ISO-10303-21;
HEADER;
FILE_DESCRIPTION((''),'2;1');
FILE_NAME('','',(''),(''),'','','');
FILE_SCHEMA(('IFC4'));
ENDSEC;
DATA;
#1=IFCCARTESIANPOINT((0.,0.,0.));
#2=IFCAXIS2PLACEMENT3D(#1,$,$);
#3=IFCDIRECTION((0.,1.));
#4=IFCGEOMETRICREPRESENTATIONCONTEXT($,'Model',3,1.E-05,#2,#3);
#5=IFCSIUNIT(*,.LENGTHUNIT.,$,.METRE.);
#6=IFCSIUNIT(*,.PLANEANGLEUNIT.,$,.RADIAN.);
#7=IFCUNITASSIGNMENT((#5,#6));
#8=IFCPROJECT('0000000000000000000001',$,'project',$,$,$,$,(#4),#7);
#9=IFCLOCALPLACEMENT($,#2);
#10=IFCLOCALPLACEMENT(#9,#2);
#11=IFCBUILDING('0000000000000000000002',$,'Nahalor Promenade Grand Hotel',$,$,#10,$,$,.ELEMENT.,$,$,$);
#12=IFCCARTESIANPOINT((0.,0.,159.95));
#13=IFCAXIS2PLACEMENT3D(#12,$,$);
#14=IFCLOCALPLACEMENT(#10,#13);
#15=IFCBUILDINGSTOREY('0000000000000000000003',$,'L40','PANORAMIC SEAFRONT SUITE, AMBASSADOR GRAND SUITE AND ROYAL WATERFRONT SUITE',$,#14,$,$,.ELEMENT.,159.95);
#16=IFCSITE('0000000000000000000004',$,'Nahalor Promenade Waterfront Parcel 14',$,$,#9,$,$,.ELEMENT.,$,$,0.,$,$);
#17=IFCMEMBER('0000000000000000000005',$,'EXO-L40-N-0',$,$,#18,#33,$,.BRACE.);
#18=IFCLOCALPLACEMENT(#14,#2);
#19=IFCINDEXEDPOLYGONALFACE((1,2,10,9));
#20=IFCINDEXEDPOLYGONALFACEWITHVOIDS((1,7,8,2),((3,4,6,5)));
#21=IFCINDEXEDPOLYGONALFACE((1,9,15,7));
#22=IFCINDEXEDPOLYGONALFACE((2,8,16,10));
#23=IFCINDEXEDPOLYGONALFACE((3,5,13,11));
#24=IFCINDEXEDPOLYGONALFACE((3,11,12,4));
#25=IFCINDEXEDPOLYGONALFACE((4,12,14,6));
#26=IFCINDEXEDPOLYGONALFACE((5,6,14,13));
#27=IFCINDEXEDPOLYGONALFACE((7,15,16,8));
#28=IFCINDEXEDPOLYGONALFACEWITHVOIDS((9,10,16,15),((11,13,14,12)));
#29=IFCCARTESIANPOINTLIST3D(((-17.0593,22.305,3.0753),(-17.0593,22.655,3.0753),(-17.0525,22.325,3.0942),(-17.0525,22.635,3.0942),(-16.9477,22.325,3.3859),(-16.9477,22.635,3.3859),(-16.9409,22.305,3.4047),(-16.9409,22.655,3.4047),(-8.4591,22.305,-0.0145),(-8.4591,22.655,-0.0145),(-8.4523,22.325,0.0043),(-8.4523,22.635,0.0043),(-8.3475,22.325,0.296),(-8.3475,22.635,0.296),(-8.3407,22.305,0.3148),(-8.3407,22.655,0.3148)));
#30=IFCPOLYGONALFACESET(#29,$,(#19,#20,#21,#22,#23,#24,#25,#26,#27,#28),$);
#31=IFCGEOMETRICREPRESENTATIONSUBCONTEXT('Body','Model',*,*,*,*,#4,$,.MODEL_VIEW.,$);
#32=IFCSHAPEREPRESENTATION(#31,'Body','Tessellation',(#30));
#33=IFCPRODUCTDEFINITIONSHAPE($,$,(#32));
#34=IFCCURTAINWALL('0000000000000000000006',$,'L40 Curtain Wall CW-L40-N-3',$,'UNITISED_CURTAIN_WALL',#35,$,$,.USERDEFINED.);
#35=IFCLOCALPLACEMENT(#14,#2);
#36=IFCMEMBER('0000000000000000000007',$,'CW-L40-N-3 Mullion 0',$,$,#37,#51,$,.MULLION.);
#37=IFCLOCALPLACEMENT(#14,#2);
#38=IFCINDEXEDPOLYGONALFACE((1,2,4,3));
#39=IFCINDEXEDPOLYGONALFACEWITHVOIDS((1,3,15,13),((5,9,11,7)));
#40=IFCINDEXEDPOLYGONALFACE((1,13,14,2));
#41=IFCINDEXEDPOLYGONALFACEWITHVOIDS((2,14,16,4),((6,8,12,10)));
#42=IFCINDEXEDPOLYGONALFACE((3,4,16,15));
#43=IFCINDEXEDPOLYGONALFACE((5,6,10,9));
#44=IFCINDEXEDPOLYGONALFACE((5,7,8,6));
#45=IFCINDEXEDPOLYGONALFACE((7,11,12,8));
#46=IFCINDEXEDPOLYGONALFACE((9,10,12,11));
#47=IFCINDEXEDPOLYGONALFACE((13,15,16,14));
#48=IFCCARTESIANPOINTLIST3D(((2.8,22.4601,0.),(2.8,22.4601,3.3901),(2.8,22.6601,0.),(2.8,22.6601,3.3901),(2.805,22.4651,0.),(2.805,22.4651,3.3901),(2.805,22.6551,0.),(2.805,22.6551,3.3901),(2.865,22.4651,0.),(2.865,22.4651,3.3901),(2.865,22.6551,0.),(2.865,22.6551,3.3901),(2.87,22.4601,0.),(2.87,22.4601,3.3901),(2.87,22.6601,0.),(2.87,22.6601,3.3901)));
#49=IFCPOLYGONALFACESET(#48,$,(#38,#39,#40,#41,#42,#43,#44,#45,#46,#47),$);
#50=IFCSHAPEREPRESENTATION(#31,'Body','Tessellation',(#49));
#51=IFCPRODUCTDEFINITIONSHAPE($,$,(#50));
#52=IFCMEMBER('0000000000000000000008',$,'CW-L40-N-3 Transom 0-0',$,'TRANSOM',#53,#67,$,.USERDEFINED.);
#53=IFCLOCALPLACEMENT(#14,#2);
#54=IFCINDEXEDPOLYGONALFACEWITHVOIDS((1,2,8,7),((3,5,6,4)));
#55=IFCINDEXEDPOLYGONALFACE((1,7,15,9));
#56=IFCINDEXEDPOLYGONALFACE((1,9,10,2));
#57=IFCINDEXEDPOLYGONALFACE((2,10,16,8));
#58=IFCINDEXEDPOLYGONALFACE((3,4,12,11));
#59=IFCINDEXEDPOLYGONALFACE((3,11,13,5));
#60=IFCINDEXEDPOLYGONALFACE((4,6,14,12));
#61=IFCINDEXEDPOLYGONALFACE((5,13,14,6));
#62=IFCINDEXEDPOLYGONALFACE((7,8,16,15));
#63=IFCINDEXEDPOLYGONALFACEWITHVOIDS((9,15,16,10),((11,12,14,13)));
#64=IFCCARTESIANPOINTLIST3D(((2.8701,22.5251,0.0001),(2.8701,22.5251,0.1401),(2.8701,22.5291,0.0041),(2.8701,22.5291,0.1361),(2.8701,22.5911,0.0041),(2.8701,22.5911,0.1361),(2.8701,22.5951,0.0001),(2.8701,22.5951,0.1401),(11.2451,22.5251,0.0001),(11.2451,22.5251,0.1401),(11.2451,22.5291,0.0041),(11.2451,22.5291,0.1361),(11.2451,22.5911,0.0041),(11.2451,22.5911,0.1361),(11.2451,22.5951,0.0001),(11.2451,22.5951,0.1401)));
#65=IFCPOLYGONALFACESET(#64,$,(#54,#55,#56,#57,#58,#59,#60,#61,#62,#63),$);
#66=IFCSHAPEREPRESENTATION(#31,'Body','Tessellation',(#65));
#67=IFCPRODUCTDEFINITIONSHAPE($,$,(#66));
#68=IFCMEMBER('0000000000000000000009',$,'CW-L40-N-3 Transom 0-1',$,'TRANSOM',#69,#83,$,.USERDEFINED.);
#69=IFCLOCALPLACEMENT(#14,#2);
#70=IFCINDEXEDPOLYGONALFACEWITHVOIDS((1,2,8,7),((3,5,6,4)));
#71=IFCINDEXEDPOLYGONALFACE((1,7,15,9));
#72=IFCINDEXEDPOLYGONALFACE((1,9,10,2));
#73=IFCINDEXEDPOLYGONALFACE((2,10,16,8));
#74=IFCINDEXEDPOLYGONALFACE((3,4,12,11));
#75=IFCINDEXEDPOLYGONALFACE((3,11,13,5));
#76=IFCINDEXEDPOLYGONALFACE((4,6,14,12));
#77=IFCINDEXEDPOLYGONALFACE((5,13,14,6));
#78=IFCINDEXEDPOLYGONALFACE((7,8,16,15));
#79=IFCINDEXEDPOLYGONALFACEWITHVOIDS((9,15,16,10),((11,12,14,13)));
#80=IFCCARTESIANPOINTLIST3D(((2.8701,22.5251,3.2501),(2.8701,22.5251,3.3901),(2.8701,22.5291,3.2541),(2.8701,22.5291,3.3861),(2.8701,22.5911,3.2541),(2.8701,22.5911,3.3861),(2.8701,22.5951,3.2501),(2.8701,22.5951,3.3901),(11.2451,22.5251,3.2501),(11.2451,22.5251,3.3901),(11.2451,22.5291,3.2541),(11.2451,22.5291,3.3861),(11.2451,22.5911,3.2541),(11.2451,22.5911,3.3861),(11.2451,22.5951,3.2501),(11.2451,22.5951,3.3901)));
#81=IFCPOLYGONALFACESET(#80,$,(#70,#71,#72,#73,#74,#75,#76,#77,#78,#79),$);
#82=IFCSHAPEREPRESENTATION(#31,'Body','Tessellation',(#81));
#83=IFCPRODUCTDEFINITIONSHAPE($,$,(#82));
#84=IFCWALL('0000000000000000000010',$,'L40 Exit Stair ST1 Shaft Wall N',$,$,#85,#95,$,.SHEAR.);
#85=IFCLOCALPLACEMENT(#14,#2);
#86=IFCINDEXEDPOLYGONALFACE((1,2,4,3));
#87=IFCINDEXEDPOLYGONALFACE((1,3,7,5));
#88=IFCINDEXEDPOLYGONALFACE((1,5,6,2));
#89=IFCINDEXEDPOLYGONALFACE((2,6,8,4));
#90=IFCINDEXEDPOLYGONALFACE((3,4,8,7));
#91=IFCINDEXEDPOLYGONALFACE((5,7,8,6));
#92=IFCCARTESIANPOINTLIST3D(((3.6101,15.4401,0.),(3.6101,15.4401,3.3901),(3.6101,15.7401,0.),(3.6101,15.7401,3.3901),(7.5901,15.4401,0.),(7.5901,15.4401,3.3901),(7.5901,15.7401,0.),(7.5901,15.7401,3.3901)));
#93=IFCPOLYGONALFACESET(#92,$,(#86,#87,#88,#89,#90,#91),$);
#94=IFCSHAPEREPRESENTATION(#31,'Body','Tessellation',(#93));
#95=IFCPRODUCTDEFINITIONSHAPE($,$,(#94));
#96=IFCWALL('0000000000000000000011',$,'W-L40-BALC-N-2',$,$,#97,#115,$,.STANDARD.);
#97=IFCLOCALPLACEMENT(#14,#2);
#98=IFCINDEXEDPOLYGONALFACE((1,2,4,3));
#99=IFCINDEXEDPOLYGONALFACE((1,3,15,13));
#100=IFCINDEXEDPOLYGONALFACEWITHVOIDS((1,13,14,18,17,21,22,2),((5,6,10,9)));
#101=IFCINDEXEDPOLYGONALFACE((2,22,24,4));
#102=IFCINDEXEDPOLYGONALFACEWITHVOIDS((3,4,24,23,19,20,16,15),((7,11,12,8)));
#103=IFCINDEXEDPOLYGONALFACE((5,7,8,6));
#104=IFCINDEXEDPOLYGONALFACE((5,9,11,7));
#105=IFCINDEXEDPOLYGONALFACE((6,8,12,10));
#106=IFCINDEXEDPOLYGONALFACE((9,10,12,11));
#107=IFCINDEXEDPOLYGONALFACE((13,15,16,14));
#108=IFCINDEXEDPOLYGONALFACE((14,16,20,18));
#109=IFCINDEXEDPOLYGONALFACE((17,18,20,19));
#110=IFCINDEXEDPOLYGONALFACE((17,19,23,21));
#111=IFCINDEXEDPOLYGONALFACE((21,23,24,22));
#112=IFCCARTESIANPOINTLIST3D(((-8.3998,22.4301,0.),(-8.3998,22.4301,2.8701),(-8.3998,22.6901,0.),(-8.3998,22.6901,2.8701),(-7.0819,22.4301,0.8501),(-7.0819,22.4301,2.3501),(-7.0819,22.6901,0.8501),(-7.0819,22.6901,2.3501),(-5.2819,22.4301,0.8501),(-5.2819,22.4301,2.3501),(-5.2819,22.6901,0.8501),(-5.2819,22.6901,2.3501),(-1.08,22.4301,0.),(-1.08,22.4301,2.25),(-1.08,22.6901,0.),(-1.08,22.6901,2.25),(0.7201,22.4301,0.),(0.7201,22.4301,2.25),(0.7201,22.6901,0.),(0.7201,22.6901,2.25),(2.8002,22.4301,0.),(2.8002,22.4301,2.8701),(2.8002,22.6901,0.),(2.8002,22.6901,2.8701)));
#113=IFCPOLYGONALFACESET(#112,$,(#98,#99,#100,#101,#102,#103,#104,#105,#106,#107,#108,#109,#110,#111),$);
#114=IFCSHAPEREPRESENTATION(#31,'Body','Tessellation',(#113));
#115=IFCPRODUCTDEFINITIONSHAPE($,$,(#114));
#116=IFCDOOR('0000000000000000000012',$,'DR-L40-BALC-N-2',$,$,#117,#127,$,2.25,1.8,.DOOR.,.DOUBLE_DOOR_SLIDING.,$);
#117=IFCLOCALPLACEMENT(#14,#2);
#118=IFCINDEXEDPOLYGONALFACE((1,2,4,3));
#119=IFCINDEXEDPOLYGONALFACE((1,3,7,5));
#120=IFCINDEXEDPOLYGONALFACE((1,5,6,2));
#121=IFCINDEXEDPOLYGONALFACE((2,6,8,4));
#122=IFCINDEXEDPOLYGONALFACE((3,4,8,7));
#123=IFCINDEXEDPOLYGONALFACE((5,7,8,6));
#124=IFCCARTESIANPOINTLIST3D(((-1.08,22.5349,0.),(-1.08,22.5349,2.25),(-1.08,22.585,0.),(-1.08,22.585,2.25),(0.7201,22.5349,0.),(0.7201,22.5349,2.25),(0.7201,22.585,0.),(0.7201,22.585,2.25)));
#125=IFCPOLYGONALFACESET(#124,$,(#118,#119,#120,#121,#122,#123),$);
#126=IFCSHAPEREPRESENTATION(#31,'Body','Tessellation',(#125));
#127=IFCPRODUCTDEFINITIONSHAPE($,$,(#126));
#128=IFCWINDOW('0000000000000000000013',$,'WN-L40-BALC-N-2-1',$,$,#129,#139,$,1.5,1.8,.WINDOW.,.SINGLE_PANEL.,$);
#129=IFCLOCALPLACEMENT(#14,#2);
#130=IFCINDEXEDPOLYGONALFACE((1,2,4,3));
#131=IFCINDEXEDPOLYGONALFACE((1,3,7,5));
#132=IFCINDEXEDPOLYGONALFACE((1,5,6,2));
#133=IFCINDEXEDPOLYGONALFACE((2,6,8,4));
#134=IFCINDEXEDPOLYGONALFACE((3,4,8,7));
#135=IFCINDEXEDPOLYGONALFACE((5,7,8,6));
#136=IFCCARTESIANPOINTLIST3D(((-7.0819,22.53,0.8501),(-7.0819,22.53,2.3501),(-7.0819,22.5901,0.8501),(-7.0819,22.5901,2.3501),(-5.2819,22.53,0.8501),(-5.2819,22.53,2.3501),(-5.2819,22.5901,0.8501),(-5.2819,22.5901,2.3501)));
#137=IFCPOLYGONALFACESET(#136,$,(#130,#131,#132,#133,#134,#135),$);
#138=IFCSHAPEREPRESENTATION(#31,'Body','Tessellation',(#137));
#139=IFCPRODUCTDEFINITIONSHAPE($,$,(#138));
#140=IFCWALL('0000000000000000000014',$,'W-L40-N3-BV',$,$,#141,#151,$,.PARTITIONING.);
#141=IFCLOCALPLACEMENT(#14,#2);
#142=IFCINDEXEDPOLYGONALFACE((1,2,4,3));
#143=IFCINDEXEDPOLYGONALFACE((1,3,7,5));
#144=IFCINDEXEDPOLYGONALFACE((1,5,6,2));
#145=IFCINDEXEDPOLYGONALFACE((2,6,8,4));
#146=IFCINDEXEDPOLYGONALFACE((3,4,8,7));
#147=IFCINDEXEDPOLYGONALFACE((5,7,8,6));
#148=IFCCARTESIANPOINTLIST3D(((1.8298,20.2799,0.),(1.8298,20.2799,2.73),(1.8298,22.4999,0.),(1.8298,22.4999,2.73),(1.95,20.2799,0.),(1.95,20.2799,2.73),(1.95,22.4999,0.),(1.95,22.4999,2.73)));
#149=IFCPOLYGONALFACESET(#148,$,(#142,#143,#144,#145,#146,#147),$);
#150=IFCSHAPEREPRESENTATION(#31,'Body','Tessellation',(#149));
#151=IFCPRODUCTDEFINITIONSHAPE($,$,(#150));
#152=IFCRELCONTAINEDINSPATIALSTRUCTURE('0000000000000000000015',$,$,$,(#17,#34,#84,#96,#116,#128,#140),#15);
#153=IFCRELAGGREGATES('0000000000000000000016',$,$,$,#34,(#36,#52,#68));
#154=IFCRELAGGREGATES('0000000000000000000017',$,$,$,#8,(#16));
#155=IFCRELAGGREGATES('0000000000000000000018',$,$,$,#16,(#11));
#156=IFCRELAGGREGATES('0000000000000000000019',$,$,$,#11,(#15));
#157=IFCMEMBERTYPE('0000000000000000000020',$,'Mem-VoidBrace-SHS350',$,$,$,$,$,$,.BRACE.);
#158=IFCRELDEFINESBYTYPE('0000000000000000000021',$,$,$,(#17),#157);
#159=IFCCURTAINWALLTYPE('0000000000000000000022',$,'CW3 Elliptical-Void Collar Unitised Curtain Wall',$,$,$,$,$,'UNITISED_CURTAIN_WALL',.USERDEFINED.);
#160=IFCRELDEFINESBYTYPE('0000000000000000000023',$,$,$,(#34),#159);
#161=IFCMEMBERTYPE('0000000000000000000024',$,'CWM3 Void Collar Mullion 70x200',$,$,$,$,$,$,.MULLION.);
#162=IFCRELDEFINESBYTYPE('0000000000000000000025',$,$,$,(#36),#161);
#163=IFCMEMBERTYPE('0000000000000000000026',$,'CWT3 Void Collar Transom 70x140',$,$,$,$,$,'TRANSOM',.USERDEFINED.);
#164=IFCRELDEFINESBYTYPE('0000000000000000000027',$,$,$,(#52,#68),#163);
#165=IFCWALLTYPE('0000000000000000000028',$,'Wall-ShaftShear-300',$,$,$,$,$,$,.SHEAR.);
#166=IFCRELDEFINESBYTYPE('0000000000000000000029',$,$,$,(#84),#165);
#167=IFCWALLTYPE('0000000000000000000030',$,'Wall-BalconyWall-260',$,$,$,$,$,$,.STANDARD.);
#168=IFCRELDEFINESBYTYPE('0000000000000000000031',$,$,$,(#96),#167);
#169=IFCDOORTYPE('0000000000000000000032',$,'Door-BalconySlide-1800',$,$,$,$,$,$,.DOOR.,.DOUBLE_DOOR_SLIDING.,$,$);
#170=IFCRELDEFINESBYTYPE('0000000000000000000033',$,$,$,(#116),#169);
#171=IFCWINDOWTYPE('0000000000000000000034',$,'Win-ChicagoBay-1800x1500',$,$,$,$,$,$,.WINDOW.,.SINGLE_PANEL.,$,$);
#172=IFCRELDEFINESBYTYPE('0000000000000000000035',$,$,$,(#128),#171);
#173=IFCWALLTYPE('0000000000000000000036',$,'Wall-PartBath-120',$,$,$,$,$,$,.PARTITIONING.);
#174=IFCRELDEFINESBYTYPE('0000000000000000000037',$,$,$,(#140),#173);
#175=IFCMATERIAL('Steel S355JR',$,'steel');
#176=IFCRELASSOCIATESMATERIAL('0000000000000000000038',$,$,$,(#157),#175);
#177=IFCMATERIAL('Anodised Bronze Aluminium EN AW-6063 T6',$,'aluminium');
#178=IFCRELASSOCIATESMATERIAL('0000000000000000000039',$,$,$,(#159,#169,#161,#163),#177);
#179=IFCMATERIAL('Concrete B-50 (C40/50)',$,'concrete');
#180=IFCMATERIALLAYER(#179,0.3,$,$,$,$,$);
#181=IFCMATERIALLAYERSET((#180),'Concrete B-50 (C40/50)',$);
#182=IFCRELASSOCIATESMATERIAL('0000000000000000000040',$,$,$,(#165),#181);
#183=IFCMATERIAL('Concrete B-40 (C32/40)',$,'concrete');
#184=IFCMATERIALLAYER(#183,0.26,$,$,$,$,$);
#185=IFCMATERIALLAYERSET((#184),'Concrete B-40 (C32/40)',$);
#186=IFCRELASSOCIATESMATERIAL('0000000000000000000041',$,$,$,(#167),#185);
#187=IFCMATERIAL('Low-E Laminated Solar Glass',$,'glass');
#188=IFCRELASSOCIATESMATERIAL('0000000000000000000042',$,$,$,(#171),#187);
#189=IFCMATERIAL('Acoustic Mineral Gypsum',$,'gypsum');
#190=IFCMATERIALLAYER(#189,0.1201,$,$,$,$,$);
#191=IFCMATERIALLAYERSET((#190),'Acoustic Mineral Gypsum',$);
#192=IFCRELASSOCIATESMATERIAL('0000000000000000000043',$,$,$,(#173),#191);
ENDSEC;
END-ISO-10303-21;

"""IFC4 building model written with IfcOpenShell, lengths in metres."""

from ifc_helpers import new_model, si_unit, direction, frame, frame_2d, origin, origin_2d, place, context, subcontext, project, spatial, rectangle, hollow_rectangle, extrude, source, transform, mapped, material, layer, layer_set, material_profile, profile_set, type_object, element, fill, aggregate, save


model = new_model("IFC4")

# Units and contexts
model_context = context("Model", 3, precision=1e-05, world=origin(), true_north=direction((0.0, 1.0)))
body_context = subcontext(model_context, "Body", "Model", "MODEL_VIEW")
ifc_project = project(units=[si_unit("LENGTHUNIT", "METRE"), si_unit("PLANEANGLEUNIT", "RADIAN")], contexts=[model_context])

# Site, building, storey
site_placement = place(None, origin())
site = spatial("IfcSite", under=ifc_project, at=site_placement, Name="Nahalor Promenade Waterfront Parcel 14", CompositionType="ELEMENT", RefElevation=0.0)
building_placement = place(site_placement, origin())
building = spatial("IfcBuilding", under=site, at=building_placement, Name="Nahalor Promenade Grand Hotel", CompositionType="ELEMENT")
storey_placement = place(building_placement, frame((0.0, 0.0, 159.95)))
storey = spatial("IfcBuildingStorey", under=building, at=storey_placement, Name="L40", Description="PANORAMIC SEAFRONT SUITE, AMBASSADOR GRAND SUITE AND ROYAL WATERFRONT SUITE", CompositionType="ELEMENT", Elevation=159.95)

# Shared definitions
ifc_material_1 = material(Name="Steel S355JR", Category="steel")

# Member
ifc_material_profile_1 = material_profile(ifc_material_1, hollow_rectangle(XDim=0.35, YDim=0.35, WallThickness=0.02, at=origin_2d()), Name="SHS 350x350x20")
ifc_profile_set_1 = profile_set([ifc_material_profile_1], Name="Steel S355JR")
member_type_1 = type_object("IfcMemberType", Name="Mem-VoidBrace-SHS350", PredefinedType="BRACE", material=ifc_profile_set_1)
shared_shape_1 = source(origin(), body_context, "Body", "SweptSolid", [
    extrude(hollow_rectangle(XDim=0.35, YDim=0.35, WallThickness=0.02, at=origin_2d()), origin(), (0.0, 0.0, 1.0), 9.1384),
])
member_1_placement = place(storey_placement, frame((-8.3999, 22.48, 0.1501), z_axis=(-0.941103, 0.0, 0.33812), x_axis=(0.0, -1.0, 0.0)))
element("IfcMember", 1, at=member_1_placement, inside=storey, type_object=member_type_1, Name="EXO-L40-N-0", PredefinedType="BRACE", context=body_context, shape_type="MappedRepresentation", body=[
    mapped(shared_shape_1, transform((0.0, 0.0, 0.0), scale=1.0)),
])

# Curtain wall, members
ifc_material_2 = material(Name="Anodised Bronze Aluminium EN AW-6063 T6", Category="aluminium")
curtain_wall_type = type_object("IfcCurtainWallType", Name="CW3 Elliptical-Void Collar Unitised Curtain Wall", ElementType="UNITISED_CURTAIN_WALL", PredefinedType="USERDEFINED", material=ifc_material_2)
curtain_wall_placement = place(storey_placement, origin())
curtain_wall = element("IfcCurtainWall", 2, at=curtain_wall_placement, inside=storey, type_object=curtain_wall_type, Name="L40 Curtain Wall CW-L40-N-3", ObjectType="UNITISED_CURTAIN_WALL", PredefinedType="USERDEFINED")
ifc_material_profile_2 = material_profile(ifc_material_2, hollow_rectangle(XDim=0.07, YDim=0.2, WallThickness=0.005, at=origin_2d()), Name="CWM 70x200x5")
ifc_profile_set_2 = profile_set([ifc_material_profile_2], Name="Anodised Bronze Aluminium EN AW-6063 T6")
member_type_2 = type_object("IfcMemberType", Name="CWM3 Void Collar Mullion 70x200", PredefinedType="MULLION", material=ifc_profile_set_2)
shared_shape_2 = source(origin(), body_context, "Body", "SweptSolid", [
    extrude(hollow_rectangle(XDim=0.07, YDim=0.2, WallThickness=0.005, at=origin_2d()), origin(), (0.0, 0.0, 1.0), 3.3901),
])
member_2_placement = place(storey_placement, frame((2.835, 22.5601, 0.0), z_axis=(0.0, 0.0, 1.0), x_axis=(1.0, 0.0, 0.0)))
member_2 = element("IfcMember", 3, at=member_2_placement, type_object=member_type_2, Name="CW-L40-N-3 Mullion 0", PredefinedType="MULLION", context=body_context, shape_type="MappedRepresentation", body=[
    mapped(shared_shape_2, transform((0.0, 0.0, 0.0), scale=1.0)),
])
ifc_material_profile_3 = material_profile(ifc_material_2, hollow_rectangle(XDim=0.07, YDim=0.14, WallThickness=0.004, at=origin_2d()), Name="CWT 70x140x4")
ifc_profile_set_3 = profile_set([ifc_material_profile_3], Name="Anodised Bronze Aluminium EN AW-6063 T6")
member_type_3 = type_object("IfcMemberType", Name="CWT3 Void Collar Transom 70x140", ElementType="TRANSOM", PredefinedType="USERDEFINED", material=ifc_profile_set_3)
shared_shape_3 = source(origin(), body_context, "Body", "SweptSolid", [
    extrude(hollow_rectangle(XDim=0.07, YDim=0.14, WallThickness=0.004, at=origin_2d()), origin(), (0.0, 0.0, 1.0), 8.375),
])
member_3_placement = place(storey_placement, frame((2.8701, 22.5601, 0.0701), z_axis=(1.0, 0.0, 0.0), x_axis=(0.0, 1.0, 0.0)))
member_3 = element("IfcMember", 4, at=member_3_placement, type_object=member_type_3, Name="CW-L40-N-3 Transom 0-0", ObjectType="TRANSOM", PredefinedType="USERDEFINED", context=body_context, shape_type="MappedRepresentation", body=[
    mapped(shared_shape_3, transform((0.0, 0.0, 0.0), scale=1.0)),
])
member_4_placement = place(storey_placement, frame((2.8701, 22.5601, 3.3201), z_axis=(1.0, 0.0, 0.0), x_axis=(0.0, 1.0, 0.0)))
member_4 = element("IfcMember", 5, at=member_4_placement, type_object=member_type_3, Name="CW-L40-N-3 Transom 0-1", ObjectType="TRANSOM", PredefinedType="USERDEFINED", context=body_context, shape_type="MappedRepresentation", body=[
    mapped(shared_shape_3, transform((0.0, 0.0, 0.0), scale=1.0)),
])
aggregate(curtain_wall, [member_2, member_3, member_4])

# Wall
ifc_material_3 = material(Name="Concrete B-50 (C40/50)", Category="concrete")
ifc_layer_1 = layer(ifc_material_3, 0.3)
ifc_layer_set_1 = layer_set([ifc_layer_1], Name="Concrete B-50 (C40/50)")
wall_type_1 = type_object("IfcWallType", Name="Wall-ShaftShear-300", PredefinedType="SHEAR", material=ifc_layer_set_1)
shared_shape_4 = source(origin(), body_context, "Body", "SweptSolid", [
    extrude(rectangle(XDim=3.98, YDim=0.3, at=frame_2d((1.99, 0.0))), origin(), (0.0, 0.0, 1.0), 3.3901),
])
wall_1_placement = place(storey_placement, frame((3.6101, 15.5901, 0.0), z_axis=(0.0, 0.0, 1.0), x_axis=(1.0, 0.0, 0.0)))
element("IfcWall", 6, at=wall_1_placement, inside=storey, type_object=wall_type_1, Name="L40 Exit Stair ST1 Shaft Wall N", PredefinedType="SHEAR", context=body_context, shape_type="MappedRepresentation", body=[
    mapped(shared_shape_4, transform((0.0, 0.0, 0.0), scale=1.0)),
])

# Wall, openings, door, window
ifc_material_4 = material(Name="Concrete B-40 (C32/40)", Category="concrete")
ifc_layer_2 = layer(ifc_material_4, 0.26)
ifc_layer_set_2 = layer_set([ifc_layer_2], Name="Concrete B-40 (C32/40)")
wall_type_2 = type_object("IfcWallType", Name="Wall-BalconyWall-260", PredefinedType="STANDARD", material=ifc_layer_set_2)
shared_shape_5 = source(origin(), body_context, "Body", "SweptSolid", [
    extrude(rectangle(XDim=11.2, YDim=0.26, at=frame_2d((5.6001, 0.0))), origin(), (0.0, 0.0, 1.0), 2.8701),
])
wall_2_placement = place(storey_placement, frame((-8.3999, 22.5601, 0.0), z_axis=(0.0, 0.0, 1.0), x_axis=(1.0, 0.0, 0.0)))
wall_2 = element("IfcWall", 7, at=wall_2_placement, inside=storey, type_object=wall_type_2, Name="W-L40-BALC-N-2", PredefinedType="STANDARD", context=body_context, shape_type="MappedRepresentation", body=[
    mapped(shared_shape_5, transform((0.0, 0.0, 0.0), scale=1.0)),
])
opening_1_placement = place(wall_2_placement, frame((7.3201, 0.0, 0.0)))
opening_1 = element("IfcOpeningElement", 8, at=opening_1_placement, cuts=wall_2, PredefinedType="OPENING", context=body_context, shape_type="SweptSolid", body=[
    extrude(rectangle(XDim=1.8, YDim=2.25, at=frame_2d((0.8999, 1.125))), frame((0.0, 0.1399, 0.0), z_axis=(0.0, -1.0, 0.0), x_axis=(1.0, 0.0, 0.0)), (0.0, 0.0, 1.0), 0.28),
])
opening_2_placement = place(wall_2_placement, frame((1.3181, 0.0, 0.8501)))
opening_2 = element("IfcOpeningElement", 9, at=opening_2_placement, cuts=wall_2, PredefinedType="OPENING", context=body_context, shape_type="SweptSolid", body=[
    extrude(rectangle(XDim=1.8, YDim=1.5, at=frame_2d((0.8999, 0.75))), frame((0.0, 0.1399, 0.0), z_axis=(0.0, -1.0, 0.0), x_axis=(1.0, 0.0, 0.0)), (0.0, 0.0, 1.0), 0.28),
])
door_type_1 = type_object("IfcDoorType", Name="Door-BalconySlide-1800", OperationType="DOUBLE_DOOR_SLIDING", PredefinedType="DOOR", material=ifc_material_2)
shared_shape_6 = source(origin(), body_context, "Body", "SweptSolid", [
    extrude(rectangle(XDim=1.8, YDim=2.25, at=frame_2d((0.8999, 1.125))), frame((0.0, 0.0249, 0.0), z_axis=(0.0, -1.0, 0.0), x_axis=(1.0, 0.0, 0.0)), (0.0, 0.0, 1.0), 0.05),
])
door_1_placement = place(opening_1_placement, origin())
door_1 = element("IfcDoor", 10, at=door_1_placement, inside=storey, type_object=door_type_1, Name="DR-L40-BALC-N-2", OperationType="DOUBLE_DOOR_SLIDING", OverallHeight=2.25, OverallWidth=1.8, PredefinedType="DOOR", context=body_context, shape_type="MappedRepresentation", body=[
    mapped(shared_shape_6, transform((0.0, 0.0, 0.0), scale=1.0)),
])
fill(opening_1, door_1)
ifc_material_5 = material(Name="Low-E Laminated Solar Glass", Category="glass")
window_type = type_object("IfcWindowType", Name="Win-ChicagoBay-1800x1500", PartitioningType="SINGLE_PANEL", PredefinedType="WINDOW", material=ifc_material_5)
shared_shape_7 = source(origin(), body_context, "Body", "SweptSolid", [
    extrude(rectangle(XDim=1.8, YDim=1.5, at=frame_2d((0.8999, 0.75))), frame((0.0, 0.03, 0.0), z_axis=(0.0, -1.0, 0.0), x_axis=(1.0, 0.0, 0.0)), (0.0, 0.0, 1.0), 0.0601),
])
window_placement = place(opening_2_placement, origin())
window = element("IfcWindow", 11, at=window_placement, inside=storey, type_object=window_type, Name="WN-L40-BALC-N-2-1", OverallHeight=1.5, OverallWidth=1.8, PartitioningType="SINGLE_PANEL", PredefinedType="WINDOW", context=body_context, shape_type="MappedRepresentation", body=[
    mapped(shared_shape_7, transform((0.0, 0.0, 0.0), scale=1.0)),
])
fill(opening_2, window)

# Wall
ifc_material_6 = material(Name="Acoustic Mineral Gypsum", Category="gypsum")
ifc_layer_3 = layer(ifc_material_6, 0.1201)
ifc_layer_set_3 = layer_set([ifc_layer_3], Name="Acoustic Mineral Gypsum")
wall_type_3 = type_object("IfcWallType", Name="Wall-PartBath-120", PredefinedType="PARTITIONING", material=ifc_layer_set_3)
shared_shape_8 = source(origin(), body_context, "Body", "SweptSolid", [
    extrude(rectangle(XDim=2.22, YDim=0.1201, at=frame_2d((1.1099, 0.0))), origin(), (0.0, 0.0, 1.0), 2.73),
])
wall_3_placement = place(storey_placement, frame((1.8899, 20.28, 0.0), z_axis=(0.0, 0.0, 1.0), x_axis=(0.0, 1.0, 0.0)))
element("IfcWall", 12, at=wall_3_placement, inside=storey, type_object=wall_type_3, Name="W-L40-N3-BV", PredefinedType="PARTITIONING", context=body_context, shape_type="MappedRepresentation", body=[
    mapped(shared_shape_8, transform((0.0, 0.0, 0.0), scale=1.0)),
])

save(model, "model.ifc")
